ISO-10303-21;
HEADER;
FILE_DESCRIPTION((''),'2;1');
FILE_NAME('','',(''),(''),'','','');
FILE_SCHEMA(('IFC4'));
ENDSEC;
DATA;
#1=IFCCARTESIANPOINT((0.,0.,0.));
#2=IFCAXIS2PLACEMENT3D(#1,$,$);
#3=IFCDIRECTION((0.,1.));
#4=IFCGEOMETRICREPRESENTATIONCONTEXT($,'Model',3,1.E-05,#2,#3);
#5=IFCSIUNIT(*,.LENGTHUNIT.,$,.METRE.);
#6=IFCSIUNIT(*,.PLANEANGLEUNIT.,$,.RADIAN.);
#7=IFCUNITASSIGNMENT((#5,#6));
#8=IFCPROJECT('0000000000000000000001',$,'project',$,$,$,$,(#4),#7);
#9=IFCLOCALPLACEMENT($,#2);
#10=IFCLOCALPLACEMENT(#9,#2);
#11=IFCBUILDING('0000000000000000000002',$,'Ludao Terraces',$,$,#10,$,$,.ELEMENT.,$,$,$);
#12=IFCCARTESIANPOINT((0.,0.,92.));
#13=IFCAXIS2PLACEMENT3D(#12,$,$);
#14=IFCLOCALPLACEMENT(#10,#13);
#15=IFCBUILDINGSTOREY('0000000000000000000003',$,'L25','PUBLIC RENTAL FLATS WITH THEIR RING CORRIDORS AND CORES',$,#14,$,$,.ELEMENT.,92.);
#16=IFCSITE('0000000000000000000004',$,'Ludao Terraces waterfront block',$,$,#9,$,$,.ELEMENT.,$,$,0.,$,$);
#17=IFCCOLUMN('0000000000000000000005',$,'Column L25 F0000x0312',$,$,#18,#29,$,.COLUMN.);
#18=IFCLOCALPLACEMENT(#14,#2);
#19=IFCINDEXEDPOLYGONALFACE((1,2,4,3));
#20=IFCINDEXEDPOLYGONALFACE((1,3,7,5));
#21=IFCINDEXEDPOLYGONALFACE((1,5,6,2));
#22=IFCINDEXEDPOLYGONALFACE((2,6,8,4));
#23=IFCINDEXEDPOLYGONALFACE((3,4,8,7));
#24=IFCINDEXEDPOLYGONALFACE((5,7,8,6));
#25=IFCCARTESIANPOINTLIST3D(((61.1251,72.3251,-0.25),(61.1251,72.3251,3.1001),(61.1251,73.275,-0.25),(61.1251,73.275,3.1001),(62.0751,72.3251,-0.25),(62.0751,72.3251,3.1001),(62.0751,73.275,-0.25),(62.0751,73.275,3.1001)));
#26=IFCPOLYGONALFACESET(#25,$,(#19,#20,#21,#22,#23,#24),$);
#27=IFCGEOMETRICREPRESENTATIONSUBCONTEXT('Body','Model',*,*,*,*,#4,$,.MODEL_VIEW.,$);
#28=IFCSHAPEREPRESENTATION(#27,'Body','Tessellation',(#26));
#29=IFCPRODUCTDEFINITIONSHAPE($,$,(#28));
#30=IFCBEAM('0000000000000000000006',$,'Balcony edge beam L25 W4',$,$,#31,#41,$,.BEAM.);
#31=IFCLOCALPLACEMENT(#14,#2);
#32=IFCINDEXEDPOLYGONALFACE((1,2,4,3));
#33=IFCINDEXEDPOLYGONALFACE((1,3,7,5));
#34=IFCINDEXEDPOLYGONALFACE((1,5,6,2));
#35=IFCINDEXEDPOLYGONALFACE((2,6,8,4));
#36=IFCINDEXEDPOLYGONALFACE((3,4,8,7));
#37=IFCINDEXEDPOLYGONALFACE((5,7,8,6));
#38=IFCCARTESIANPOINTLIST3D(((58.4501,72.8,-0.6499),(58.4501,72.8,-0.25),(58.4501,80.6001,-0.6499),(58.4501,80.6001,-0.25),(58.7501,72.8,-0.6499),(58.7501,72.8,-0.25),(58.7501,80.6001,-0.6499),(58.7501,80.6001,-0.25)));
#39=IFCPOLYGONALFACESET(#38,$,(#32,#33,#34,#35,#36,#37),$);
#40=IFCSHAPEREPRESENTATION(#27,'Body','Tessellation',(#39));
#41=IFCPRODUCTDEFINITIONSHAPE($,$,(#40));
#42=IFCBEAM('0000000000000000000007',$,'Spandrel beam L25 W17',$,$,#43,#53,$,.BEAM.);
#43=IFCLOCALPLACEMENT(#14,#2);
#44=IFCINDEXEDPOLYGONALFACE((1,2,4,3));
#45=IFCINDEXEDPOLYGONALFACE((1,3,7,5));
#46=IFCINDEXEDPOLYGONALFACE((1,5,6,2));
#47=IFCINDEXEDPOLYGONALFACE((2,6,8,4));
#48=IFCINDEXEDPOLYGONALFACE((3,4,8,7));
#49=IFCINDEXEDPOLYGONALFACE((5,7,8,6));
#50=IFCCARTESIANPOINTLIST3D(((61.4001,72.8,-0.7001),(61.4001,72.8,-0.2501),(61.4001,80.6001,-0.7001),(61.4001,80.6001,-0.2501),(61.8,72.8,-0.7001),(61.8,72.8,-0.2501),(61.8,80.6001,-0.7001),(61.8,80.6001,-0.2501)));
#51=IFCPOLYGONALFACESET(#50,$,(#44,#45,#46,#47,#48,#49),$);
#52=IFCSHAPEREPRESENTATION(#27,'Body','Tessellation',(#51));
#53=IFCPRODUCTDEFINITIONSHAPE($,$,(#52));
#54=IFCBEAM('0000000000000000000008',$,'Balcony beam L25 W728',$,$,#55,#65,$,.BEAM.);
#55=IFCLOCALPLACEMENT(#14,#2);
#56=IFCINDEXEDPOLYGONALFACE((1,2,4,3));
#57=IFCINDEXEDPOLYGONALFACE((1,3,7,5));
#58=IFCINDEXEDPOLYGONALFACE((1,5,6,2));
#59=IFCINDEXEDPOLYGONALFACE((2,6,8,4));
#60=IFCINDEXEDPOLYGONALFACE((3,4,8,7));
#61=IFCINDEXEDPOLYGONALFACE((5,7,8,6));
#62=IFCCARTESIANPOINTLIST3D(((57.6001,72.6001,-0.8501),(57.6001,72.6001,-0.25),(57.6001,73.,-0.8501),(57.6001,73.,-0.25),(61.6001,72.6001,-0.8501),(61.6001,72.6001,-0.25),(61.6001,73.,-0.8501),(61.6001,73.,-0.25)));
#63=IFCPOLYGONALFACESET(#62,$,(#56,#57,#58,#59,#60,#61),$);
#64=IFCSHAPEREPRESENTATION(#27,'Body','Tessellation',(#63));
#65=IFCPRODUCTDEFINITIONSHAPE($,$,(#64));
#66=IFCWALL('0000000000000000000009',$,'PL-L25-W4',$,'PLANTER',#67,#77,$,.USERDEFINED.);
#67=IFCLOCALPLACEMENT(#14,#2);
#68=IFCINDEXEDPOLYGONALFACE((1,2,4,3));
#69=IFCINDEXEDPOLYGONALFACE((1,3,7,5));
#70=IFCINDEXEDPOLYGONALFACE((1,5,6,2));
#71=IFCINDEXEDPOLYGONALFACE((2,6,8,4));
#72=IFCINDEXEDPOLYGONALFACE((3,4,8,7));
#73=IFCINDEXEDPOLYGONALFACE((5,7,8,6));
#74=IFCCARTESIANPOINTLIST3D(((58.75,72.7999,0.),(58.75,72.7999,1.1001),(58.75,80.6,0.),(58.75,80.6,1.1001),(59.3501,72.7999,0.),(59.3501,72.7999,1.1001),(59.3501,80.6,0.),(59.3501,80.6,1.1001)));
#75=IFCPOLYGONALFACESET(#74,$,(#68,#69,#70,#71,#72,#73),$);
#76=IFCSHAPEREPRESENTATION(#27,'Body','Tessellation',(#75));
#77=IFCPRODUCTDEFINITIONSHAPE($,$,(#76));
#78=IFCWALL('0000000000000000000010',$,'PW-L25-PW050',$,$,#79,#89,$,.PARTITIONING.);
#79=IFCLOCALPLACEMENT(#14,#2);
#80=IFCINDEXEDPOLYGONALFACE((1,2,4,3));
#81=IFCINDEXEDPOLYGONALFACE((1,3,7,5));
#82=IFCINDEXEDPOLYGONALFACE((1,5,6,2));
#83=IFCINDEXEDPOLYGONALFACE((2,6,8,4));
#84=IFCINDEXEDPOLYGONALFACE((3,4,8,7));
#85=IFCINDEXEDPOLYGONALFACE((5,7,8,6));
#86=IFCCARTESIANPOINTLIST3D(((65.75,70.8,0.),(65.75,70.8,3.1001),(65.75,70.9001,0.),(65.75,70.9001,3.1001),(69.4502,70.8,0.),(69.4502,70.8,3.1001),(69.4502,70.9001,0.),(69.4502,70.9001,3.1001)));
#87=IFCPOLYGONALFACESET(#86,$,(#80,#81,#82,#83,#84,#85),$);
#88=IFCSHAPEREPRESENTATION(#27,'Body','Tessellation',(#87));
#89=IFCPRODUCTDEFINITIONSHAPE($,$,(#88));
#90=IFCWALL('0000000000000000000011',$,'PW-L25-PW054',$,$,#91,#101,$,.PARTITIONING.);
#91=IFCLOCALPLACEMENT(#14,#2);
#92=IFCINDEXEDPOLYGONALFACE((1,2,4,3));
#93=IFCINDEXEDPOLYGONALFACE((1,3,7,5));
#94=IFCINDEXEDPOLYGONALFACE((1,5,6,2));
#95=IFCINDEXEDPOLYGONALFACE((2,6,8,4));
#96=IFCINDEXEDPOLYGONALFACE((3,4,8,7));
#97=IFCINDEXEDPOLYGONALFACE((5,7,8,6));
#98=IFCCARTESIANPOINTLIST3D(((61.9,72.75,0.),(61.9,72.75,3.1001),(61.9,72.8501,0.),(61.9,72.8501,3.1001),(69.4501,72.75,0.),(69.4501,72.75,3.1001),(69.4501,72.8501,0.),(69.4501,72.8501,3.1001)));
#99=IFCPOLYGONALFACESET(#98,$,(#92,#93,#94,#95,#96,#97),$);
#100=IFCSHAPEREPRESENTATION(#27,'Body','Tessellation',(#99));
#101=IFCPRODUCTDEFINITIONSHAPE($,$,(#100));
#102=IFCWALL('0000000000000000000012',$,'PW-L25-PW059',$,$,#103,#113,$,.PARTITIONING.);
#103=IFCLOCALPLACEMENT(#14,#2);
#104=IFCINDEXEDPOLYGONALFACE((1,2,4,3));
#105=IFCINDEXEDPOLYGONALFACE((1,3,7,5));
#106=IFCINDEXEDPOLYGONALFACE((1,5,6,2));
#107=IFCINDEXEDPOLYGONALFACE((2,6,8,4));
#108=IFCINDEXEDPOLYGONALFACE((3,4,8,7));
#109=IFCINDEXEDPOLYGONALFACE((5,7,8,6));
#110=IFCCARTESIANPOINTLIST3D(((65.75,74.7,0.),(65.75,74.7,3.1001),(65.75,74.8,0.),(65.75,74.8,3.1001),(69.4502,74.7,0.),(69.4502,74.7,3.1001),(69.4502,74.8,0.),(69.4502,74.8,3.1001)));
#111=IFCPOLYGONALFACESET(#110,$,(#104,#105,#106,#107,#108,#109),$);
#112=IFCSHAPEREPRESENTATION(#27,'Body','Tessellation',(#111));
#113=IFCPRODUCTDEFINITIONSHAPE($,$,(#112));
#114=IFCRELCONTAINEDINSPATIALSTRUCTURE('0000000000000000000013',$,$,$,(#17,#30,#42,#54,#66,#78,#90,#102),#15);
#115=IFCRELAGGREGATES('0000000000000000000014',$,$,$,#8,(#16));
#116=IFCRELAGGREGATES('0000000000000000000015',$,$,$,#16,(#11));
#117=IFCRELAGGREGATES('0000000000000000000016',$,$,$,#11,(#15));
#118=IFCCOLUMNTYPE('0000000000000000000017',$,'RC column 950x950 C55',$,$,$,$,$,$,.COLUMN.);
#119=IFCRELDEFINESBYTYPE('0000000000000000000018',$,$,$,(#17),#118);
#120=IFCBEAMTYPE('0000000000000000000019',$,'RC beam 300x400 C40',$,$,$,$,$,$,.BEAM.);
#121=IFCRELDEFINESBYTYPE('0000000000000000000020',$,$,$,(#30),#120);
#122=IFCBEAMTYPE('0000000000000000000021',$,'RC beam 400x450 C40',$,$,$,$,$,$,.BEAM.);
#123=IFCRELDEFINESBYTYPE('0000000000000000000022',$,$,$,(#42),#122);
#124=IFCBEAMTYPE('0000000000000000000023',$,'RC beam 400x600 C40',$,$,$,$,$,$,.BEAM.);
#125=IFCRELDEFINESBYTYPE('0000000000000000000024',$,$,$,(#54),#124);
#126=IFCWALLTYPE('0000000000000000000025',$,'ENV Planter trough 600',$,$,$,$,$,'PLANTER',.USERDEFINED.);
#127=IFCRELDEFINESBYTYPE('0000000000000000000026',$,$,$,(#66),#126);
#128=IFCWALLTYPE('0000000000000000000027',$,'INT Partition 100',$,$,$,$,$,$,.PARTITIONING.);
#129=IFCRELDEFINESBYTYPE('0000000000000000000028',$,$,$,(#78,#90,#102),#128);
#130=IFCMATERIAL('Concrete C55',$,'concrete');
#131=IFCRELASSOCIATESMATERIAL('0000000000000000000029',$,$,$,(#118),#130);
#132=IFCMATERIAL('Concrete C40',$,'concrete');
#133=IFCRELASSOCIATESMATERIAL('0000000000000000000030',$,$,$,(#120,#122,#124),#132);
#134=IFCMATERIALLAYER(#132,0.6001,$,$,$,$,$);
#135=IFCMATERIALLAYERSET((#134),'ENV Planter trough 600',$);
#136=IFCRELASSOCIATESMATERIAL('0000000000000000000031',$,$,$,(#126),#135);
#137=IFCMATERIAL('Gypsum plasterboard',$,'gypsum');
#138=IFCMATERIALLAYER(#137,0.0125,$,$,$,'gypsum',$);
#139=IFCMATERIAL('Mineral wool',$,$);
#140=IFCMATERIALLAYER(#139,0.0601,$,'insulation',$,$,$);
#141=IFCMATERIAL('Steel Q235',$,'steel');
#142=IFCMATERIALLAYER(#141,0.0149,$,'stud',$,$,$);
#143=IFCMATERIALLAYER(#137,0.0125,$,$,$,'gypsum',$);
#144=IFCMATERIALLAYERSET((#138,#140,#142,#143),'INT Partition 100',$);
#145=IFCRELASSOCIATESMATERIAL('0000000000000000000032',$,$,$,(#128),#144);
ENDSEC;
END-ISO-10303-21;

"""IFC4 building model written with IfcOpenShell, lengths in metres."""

from ifc_helpers import new_model, si_unit, direction, frame, frame_2d, origin, origin_2d, place, context, subcontext, project, spatial, rectangle, extrude, material, layer, layer_set, material_profile, profile_set, type_object, element, save


model = new_model("IFC4")

# Units and contexts
model_context = context("Model", 3, precision=1e-05, world=origin(), true_north=direction((0.0, 1.0)))
body_context = subcontext(model_context, "Body", "Model", "MODEL_VIEW")
ifc_project = project(units=[si_unit("LENGTHUNIT", "METRE"), si_unit("PLANEANGLEUNIT", "RADIAN")], contexts=[model_context])

# Site, building, storey
site_placement = place(None, origin())
site = spatial("IfcSite", under=ifc_project, at=site_placement, Name="Ludao Terraces waterfront block", CompositionType="ELEMENT", RefElevation=0.0)
building_placement = place(site_placement, origin())
building = spatial("IfcBuilding", under=site, at=building_placement, Name="Ludao Terraces", CompositionType="ELEMENT")
storey_placement = place(building_placement, frame((0.0, 0.0, 92.0)))
storey = spatial("IfcBuildingStorey", under=building, at=storey_placement, Name="L25", Description="PUBLIC RENTAL FLATS WITH THEIR RING CORRIDORS AND CORES", CompositionType="ELEMENT", Elevation=92.0)

# Column
ifc_material_1 = material(Name="Concrete C55", Category="concrete")
ifc_material_profile_1 = material_profile(ifc_material_1, rectangle(XDim=0.95, YDim=0.95, at=origin_2d()), Name="950 X 950")
ifc_profile_set_1 = profile_set([ifc_material_profile_1], Name="Concrete C55")
column_type = type_object("IfcColumnType", Name="RC column 950x950 C55", PredefinedType="COLUMN", material=ifc_profile_set_1)
column_placement = place(storey_placement, frame((61.6001, 72.8, -0.25), z_axis=(0.0, 0.0, 1.0), x_axis=(1.0, 0.0, 0.0)))
element("IfcColumn", 1, at=column_placement, inside=storey, type_object=column_type, Name="Column L25 F0000x0312", PredefinedType="COLUMN", context=body_context, shape_type="SweptSolid", body=[
    extrude(rectangle(XDim=0.95, YDim=0.95, at=origin_2d()), origin(), (0.0, 0.0, 1.0), 3.3501),
])

# Beams
ifc_material_2 = material(Name="Concrete C40", Category="concrete")
ifc_material_profile_2 = material_profile(ifc_material_2, rectangle(XDim=0.3, YDim=0.3999, at=origin_2d()), Name="300 X 400")
ifc_profile_set_2 = profile_set([ifc_material_profile_2], Name="Concrete C40")
beam_type_1 = type_object("IfcBeamType", Name="RC beam 300x400 C40", PredefinedType="BEAM", material=ifc_profile_set_2)
beam_1_placement = place(storey_placement, frame((58.6001, 72.8, -0.45), z_axis=(0.0, 1.0, 0.0), x_axis=(-1.0, 0.0, 0.0)))
element("IfcBeam", 2, at=beam_1_placement, inside=storey, type_object=beam_type_1, Name="Balcony edge beam L25 W4", PredefinedType="BEAM", context=body_context, shape_type="SweptSolid", body=[
    extrude(rectangle(XDim=0.3, YDim=0.3999, at=origin_2d()), origin(), (0.0, 0.0, 1.0), 7.8),
])
ifc_material_profile_3 = material_profile(ifc_material_2, rectangle(XDim=0.3999, YDim=0.45, at=origin_2d()), Name="400 X 450")
ifc_profile_set_3 = profile_set([ifc_material_profile_3], Name="Concrete C40")
beam_type_2 = type_object("IfcBeamType", Name="RC beam 400x450 C40", PredefinedType="BEAM", material=ifc_profile_set_3)
beam_2_placement = place(storey_placement, frame((61.6001, 72.8, -0.4751), z_axis=(0.0, 1.0, 0.0), x_axis=(-1.0, 0.0, 0.0)))
element("IfcBeam", 3, at=beam_2_placement, inside=storey, type_object=beam_type_2, Name="Spandrel beam L25 W17", PredefinedType="BEAM", context=body_context, shape_type="SweptSolid", body=[
    extrude(rectangle(XDim=0.3999, YDim=0.45, at=origin_2d()), origin(), (0.0, 0.0, 1.0), 7.8),
])
ifc_material_profile_4 = material_profile(ifc_material_2, rectangle(XDim=0.3999, YDim=0.6001, at=origin_2d()), Name="400 X 600")
ifc_profile_set_4 = profile_set([ifc_material_profile_4], Name="Concrete C40")
beam_type_3 = type_object("IfcBeamType", Name="RC beam 400x600 C40", PredefinedType="BEAM", material=ifc_profile_set_4)
beam_3_placement = place(storey_placement, frame((61.6001, 72.8, -0.55), z_axis=(-1.0, 0.0, 0.0), x_axis=(0.0, -1.0, 0.0)))
element("IfcBeam", 4, at=beam_3_placement, inside=storey, type_object=beam_type_3, Name="Balcony beam L25 W728", PredefinedType="BEAM", context=body_context, shape_type="SweptSolid", body=[
    extrude(rectangle(XDim=0.3999, YDim=0.6001, at=origin_2d()), origin(), (0.0, 0.0, 1.0), 4.0),
])

# Wall
ifc_layer_1 = layer(ifc_material_2, 0.6001)
ifc_layer_set_1 = layer_set([ifc_layer_1], Name="ENV Planter trough 600")
wall_type_1 = type_object("IfcWallType", Name="ENV Planter trough 600", ElementType="PLANTER", PredefinedType="USERDEFINED", material=ifc_layer_set_1)
wall_1_placement = place(storey_placement, frame((59.05, 72.8, 0.0), z_axis=(0.0, 0.0, 1.0), x_axis=(0.0, 1.0, 0.0)))
element("IfcWall", 5, at=wall_1_placement, inside=storey, type_object=wall_type_1, Name="PL-L25-W4", ObjectType="PLANTER", PredefinedType="USERDEFINED", context=body_context, shape_type="SweptSolid", body=[
    extrude(rectangle(XDim=7.8, YDim=0.6001, at=frame_2d((3.8999, 0.0))), origin(), (0.0, 0.0, 1.0), 1.1001),
])

# Shared definitions
ifc_material_3 = material(Name="Mineral wool")

# Walls
ifc_material_4 = material(Name="Gypsum plasterboard", Category="gypsum")
ifc_layer_2 = layer(ifc_material_4, 0.0125, Category="gypsum")
ifc_layer_3 = layer(ifc_material_3, 0.0601, Name="insulation")
ifc_material_5 = material(Name="Steel Q235", Category="steel")
ifc_layer_4 = layer(ifc_material_5, 0.0149, Name="stud")
ifc_layer_5 = layer(ifc_material_4, 0.0125, Category="gypsum")
ifc_layer_set_2 = layer_set([ifc_layer_2, ifc_layer_3, ifc_layer_4, ifc_layer_5], Name="INT Partition 100")
wall_type_2 = type_object("IfcWallType", Name="INT Partition 100", PredefinedType="PARTITIONING", material=ifc_layer_set_2)
wall_2_placement = place(storey_placement, frame((65.75, 70.8501, 0.0), z_axis=(0.0, 0.0, 1.0), x_axis=(1.0, 0.0, 0.0)))
element("IfcWall", 6, at=wall_2_placement, inside=storey, type_object=wall_type_2, Name="PW-L25-PW050", PredefinedType="PARTITIONING", context=body_context, shape_type="SweptSolid", body=[
    extrude(rectangle(XDim=3.7002, YDim=0.1001, at=frame_2d((1.8501, 0.0))), origin(), (0.0, 0.0, 1.0), 3.1001),
])
wall_3_placement = place(storey_placement, frame((61.9001, 72.8, 0.0), z_axis=(0.0, 0.0, 1.0), x_axis=(1.0, 0.0, 0.0)))
element("IfcWall", 7, at=wall_3_placement, inside=storey, type_object=wall_type_2, Name="PW-L25-PW054", PredefinedType="PARTITIONING", context=body_context, shape_type="SweptSolid", body=[
    extrude(rectangle(XDim=7.55, YDim=0.1001, at=frame_2d((3.7749, 0.0))), origin(), (0.0, 0.0, 1.0), 3.1001),
])
wall_4_placement = place(storey_placement, frame((65.75, 74.75, 0.0), z_axis=(0.0, 0.0, 1.0), x_axis=(1.0, 0.0, 0.0)))
element("IfcWall", 8, at=wall_4_placement, inside=storey, type_object=wall_type_2, Name="PW-L25-PW059", PredefinedType="PARTITIONING", context=body_context, shape_type="SweptSolid", body=[
    extrude(rectangle(XDim=3.7002, YDim=0.1001, at=frame_2d((1.8501, 0.0))), origin(), (0.0, 0.0, 1.0), 3.1001),
])

save(model, "model.ifc")
